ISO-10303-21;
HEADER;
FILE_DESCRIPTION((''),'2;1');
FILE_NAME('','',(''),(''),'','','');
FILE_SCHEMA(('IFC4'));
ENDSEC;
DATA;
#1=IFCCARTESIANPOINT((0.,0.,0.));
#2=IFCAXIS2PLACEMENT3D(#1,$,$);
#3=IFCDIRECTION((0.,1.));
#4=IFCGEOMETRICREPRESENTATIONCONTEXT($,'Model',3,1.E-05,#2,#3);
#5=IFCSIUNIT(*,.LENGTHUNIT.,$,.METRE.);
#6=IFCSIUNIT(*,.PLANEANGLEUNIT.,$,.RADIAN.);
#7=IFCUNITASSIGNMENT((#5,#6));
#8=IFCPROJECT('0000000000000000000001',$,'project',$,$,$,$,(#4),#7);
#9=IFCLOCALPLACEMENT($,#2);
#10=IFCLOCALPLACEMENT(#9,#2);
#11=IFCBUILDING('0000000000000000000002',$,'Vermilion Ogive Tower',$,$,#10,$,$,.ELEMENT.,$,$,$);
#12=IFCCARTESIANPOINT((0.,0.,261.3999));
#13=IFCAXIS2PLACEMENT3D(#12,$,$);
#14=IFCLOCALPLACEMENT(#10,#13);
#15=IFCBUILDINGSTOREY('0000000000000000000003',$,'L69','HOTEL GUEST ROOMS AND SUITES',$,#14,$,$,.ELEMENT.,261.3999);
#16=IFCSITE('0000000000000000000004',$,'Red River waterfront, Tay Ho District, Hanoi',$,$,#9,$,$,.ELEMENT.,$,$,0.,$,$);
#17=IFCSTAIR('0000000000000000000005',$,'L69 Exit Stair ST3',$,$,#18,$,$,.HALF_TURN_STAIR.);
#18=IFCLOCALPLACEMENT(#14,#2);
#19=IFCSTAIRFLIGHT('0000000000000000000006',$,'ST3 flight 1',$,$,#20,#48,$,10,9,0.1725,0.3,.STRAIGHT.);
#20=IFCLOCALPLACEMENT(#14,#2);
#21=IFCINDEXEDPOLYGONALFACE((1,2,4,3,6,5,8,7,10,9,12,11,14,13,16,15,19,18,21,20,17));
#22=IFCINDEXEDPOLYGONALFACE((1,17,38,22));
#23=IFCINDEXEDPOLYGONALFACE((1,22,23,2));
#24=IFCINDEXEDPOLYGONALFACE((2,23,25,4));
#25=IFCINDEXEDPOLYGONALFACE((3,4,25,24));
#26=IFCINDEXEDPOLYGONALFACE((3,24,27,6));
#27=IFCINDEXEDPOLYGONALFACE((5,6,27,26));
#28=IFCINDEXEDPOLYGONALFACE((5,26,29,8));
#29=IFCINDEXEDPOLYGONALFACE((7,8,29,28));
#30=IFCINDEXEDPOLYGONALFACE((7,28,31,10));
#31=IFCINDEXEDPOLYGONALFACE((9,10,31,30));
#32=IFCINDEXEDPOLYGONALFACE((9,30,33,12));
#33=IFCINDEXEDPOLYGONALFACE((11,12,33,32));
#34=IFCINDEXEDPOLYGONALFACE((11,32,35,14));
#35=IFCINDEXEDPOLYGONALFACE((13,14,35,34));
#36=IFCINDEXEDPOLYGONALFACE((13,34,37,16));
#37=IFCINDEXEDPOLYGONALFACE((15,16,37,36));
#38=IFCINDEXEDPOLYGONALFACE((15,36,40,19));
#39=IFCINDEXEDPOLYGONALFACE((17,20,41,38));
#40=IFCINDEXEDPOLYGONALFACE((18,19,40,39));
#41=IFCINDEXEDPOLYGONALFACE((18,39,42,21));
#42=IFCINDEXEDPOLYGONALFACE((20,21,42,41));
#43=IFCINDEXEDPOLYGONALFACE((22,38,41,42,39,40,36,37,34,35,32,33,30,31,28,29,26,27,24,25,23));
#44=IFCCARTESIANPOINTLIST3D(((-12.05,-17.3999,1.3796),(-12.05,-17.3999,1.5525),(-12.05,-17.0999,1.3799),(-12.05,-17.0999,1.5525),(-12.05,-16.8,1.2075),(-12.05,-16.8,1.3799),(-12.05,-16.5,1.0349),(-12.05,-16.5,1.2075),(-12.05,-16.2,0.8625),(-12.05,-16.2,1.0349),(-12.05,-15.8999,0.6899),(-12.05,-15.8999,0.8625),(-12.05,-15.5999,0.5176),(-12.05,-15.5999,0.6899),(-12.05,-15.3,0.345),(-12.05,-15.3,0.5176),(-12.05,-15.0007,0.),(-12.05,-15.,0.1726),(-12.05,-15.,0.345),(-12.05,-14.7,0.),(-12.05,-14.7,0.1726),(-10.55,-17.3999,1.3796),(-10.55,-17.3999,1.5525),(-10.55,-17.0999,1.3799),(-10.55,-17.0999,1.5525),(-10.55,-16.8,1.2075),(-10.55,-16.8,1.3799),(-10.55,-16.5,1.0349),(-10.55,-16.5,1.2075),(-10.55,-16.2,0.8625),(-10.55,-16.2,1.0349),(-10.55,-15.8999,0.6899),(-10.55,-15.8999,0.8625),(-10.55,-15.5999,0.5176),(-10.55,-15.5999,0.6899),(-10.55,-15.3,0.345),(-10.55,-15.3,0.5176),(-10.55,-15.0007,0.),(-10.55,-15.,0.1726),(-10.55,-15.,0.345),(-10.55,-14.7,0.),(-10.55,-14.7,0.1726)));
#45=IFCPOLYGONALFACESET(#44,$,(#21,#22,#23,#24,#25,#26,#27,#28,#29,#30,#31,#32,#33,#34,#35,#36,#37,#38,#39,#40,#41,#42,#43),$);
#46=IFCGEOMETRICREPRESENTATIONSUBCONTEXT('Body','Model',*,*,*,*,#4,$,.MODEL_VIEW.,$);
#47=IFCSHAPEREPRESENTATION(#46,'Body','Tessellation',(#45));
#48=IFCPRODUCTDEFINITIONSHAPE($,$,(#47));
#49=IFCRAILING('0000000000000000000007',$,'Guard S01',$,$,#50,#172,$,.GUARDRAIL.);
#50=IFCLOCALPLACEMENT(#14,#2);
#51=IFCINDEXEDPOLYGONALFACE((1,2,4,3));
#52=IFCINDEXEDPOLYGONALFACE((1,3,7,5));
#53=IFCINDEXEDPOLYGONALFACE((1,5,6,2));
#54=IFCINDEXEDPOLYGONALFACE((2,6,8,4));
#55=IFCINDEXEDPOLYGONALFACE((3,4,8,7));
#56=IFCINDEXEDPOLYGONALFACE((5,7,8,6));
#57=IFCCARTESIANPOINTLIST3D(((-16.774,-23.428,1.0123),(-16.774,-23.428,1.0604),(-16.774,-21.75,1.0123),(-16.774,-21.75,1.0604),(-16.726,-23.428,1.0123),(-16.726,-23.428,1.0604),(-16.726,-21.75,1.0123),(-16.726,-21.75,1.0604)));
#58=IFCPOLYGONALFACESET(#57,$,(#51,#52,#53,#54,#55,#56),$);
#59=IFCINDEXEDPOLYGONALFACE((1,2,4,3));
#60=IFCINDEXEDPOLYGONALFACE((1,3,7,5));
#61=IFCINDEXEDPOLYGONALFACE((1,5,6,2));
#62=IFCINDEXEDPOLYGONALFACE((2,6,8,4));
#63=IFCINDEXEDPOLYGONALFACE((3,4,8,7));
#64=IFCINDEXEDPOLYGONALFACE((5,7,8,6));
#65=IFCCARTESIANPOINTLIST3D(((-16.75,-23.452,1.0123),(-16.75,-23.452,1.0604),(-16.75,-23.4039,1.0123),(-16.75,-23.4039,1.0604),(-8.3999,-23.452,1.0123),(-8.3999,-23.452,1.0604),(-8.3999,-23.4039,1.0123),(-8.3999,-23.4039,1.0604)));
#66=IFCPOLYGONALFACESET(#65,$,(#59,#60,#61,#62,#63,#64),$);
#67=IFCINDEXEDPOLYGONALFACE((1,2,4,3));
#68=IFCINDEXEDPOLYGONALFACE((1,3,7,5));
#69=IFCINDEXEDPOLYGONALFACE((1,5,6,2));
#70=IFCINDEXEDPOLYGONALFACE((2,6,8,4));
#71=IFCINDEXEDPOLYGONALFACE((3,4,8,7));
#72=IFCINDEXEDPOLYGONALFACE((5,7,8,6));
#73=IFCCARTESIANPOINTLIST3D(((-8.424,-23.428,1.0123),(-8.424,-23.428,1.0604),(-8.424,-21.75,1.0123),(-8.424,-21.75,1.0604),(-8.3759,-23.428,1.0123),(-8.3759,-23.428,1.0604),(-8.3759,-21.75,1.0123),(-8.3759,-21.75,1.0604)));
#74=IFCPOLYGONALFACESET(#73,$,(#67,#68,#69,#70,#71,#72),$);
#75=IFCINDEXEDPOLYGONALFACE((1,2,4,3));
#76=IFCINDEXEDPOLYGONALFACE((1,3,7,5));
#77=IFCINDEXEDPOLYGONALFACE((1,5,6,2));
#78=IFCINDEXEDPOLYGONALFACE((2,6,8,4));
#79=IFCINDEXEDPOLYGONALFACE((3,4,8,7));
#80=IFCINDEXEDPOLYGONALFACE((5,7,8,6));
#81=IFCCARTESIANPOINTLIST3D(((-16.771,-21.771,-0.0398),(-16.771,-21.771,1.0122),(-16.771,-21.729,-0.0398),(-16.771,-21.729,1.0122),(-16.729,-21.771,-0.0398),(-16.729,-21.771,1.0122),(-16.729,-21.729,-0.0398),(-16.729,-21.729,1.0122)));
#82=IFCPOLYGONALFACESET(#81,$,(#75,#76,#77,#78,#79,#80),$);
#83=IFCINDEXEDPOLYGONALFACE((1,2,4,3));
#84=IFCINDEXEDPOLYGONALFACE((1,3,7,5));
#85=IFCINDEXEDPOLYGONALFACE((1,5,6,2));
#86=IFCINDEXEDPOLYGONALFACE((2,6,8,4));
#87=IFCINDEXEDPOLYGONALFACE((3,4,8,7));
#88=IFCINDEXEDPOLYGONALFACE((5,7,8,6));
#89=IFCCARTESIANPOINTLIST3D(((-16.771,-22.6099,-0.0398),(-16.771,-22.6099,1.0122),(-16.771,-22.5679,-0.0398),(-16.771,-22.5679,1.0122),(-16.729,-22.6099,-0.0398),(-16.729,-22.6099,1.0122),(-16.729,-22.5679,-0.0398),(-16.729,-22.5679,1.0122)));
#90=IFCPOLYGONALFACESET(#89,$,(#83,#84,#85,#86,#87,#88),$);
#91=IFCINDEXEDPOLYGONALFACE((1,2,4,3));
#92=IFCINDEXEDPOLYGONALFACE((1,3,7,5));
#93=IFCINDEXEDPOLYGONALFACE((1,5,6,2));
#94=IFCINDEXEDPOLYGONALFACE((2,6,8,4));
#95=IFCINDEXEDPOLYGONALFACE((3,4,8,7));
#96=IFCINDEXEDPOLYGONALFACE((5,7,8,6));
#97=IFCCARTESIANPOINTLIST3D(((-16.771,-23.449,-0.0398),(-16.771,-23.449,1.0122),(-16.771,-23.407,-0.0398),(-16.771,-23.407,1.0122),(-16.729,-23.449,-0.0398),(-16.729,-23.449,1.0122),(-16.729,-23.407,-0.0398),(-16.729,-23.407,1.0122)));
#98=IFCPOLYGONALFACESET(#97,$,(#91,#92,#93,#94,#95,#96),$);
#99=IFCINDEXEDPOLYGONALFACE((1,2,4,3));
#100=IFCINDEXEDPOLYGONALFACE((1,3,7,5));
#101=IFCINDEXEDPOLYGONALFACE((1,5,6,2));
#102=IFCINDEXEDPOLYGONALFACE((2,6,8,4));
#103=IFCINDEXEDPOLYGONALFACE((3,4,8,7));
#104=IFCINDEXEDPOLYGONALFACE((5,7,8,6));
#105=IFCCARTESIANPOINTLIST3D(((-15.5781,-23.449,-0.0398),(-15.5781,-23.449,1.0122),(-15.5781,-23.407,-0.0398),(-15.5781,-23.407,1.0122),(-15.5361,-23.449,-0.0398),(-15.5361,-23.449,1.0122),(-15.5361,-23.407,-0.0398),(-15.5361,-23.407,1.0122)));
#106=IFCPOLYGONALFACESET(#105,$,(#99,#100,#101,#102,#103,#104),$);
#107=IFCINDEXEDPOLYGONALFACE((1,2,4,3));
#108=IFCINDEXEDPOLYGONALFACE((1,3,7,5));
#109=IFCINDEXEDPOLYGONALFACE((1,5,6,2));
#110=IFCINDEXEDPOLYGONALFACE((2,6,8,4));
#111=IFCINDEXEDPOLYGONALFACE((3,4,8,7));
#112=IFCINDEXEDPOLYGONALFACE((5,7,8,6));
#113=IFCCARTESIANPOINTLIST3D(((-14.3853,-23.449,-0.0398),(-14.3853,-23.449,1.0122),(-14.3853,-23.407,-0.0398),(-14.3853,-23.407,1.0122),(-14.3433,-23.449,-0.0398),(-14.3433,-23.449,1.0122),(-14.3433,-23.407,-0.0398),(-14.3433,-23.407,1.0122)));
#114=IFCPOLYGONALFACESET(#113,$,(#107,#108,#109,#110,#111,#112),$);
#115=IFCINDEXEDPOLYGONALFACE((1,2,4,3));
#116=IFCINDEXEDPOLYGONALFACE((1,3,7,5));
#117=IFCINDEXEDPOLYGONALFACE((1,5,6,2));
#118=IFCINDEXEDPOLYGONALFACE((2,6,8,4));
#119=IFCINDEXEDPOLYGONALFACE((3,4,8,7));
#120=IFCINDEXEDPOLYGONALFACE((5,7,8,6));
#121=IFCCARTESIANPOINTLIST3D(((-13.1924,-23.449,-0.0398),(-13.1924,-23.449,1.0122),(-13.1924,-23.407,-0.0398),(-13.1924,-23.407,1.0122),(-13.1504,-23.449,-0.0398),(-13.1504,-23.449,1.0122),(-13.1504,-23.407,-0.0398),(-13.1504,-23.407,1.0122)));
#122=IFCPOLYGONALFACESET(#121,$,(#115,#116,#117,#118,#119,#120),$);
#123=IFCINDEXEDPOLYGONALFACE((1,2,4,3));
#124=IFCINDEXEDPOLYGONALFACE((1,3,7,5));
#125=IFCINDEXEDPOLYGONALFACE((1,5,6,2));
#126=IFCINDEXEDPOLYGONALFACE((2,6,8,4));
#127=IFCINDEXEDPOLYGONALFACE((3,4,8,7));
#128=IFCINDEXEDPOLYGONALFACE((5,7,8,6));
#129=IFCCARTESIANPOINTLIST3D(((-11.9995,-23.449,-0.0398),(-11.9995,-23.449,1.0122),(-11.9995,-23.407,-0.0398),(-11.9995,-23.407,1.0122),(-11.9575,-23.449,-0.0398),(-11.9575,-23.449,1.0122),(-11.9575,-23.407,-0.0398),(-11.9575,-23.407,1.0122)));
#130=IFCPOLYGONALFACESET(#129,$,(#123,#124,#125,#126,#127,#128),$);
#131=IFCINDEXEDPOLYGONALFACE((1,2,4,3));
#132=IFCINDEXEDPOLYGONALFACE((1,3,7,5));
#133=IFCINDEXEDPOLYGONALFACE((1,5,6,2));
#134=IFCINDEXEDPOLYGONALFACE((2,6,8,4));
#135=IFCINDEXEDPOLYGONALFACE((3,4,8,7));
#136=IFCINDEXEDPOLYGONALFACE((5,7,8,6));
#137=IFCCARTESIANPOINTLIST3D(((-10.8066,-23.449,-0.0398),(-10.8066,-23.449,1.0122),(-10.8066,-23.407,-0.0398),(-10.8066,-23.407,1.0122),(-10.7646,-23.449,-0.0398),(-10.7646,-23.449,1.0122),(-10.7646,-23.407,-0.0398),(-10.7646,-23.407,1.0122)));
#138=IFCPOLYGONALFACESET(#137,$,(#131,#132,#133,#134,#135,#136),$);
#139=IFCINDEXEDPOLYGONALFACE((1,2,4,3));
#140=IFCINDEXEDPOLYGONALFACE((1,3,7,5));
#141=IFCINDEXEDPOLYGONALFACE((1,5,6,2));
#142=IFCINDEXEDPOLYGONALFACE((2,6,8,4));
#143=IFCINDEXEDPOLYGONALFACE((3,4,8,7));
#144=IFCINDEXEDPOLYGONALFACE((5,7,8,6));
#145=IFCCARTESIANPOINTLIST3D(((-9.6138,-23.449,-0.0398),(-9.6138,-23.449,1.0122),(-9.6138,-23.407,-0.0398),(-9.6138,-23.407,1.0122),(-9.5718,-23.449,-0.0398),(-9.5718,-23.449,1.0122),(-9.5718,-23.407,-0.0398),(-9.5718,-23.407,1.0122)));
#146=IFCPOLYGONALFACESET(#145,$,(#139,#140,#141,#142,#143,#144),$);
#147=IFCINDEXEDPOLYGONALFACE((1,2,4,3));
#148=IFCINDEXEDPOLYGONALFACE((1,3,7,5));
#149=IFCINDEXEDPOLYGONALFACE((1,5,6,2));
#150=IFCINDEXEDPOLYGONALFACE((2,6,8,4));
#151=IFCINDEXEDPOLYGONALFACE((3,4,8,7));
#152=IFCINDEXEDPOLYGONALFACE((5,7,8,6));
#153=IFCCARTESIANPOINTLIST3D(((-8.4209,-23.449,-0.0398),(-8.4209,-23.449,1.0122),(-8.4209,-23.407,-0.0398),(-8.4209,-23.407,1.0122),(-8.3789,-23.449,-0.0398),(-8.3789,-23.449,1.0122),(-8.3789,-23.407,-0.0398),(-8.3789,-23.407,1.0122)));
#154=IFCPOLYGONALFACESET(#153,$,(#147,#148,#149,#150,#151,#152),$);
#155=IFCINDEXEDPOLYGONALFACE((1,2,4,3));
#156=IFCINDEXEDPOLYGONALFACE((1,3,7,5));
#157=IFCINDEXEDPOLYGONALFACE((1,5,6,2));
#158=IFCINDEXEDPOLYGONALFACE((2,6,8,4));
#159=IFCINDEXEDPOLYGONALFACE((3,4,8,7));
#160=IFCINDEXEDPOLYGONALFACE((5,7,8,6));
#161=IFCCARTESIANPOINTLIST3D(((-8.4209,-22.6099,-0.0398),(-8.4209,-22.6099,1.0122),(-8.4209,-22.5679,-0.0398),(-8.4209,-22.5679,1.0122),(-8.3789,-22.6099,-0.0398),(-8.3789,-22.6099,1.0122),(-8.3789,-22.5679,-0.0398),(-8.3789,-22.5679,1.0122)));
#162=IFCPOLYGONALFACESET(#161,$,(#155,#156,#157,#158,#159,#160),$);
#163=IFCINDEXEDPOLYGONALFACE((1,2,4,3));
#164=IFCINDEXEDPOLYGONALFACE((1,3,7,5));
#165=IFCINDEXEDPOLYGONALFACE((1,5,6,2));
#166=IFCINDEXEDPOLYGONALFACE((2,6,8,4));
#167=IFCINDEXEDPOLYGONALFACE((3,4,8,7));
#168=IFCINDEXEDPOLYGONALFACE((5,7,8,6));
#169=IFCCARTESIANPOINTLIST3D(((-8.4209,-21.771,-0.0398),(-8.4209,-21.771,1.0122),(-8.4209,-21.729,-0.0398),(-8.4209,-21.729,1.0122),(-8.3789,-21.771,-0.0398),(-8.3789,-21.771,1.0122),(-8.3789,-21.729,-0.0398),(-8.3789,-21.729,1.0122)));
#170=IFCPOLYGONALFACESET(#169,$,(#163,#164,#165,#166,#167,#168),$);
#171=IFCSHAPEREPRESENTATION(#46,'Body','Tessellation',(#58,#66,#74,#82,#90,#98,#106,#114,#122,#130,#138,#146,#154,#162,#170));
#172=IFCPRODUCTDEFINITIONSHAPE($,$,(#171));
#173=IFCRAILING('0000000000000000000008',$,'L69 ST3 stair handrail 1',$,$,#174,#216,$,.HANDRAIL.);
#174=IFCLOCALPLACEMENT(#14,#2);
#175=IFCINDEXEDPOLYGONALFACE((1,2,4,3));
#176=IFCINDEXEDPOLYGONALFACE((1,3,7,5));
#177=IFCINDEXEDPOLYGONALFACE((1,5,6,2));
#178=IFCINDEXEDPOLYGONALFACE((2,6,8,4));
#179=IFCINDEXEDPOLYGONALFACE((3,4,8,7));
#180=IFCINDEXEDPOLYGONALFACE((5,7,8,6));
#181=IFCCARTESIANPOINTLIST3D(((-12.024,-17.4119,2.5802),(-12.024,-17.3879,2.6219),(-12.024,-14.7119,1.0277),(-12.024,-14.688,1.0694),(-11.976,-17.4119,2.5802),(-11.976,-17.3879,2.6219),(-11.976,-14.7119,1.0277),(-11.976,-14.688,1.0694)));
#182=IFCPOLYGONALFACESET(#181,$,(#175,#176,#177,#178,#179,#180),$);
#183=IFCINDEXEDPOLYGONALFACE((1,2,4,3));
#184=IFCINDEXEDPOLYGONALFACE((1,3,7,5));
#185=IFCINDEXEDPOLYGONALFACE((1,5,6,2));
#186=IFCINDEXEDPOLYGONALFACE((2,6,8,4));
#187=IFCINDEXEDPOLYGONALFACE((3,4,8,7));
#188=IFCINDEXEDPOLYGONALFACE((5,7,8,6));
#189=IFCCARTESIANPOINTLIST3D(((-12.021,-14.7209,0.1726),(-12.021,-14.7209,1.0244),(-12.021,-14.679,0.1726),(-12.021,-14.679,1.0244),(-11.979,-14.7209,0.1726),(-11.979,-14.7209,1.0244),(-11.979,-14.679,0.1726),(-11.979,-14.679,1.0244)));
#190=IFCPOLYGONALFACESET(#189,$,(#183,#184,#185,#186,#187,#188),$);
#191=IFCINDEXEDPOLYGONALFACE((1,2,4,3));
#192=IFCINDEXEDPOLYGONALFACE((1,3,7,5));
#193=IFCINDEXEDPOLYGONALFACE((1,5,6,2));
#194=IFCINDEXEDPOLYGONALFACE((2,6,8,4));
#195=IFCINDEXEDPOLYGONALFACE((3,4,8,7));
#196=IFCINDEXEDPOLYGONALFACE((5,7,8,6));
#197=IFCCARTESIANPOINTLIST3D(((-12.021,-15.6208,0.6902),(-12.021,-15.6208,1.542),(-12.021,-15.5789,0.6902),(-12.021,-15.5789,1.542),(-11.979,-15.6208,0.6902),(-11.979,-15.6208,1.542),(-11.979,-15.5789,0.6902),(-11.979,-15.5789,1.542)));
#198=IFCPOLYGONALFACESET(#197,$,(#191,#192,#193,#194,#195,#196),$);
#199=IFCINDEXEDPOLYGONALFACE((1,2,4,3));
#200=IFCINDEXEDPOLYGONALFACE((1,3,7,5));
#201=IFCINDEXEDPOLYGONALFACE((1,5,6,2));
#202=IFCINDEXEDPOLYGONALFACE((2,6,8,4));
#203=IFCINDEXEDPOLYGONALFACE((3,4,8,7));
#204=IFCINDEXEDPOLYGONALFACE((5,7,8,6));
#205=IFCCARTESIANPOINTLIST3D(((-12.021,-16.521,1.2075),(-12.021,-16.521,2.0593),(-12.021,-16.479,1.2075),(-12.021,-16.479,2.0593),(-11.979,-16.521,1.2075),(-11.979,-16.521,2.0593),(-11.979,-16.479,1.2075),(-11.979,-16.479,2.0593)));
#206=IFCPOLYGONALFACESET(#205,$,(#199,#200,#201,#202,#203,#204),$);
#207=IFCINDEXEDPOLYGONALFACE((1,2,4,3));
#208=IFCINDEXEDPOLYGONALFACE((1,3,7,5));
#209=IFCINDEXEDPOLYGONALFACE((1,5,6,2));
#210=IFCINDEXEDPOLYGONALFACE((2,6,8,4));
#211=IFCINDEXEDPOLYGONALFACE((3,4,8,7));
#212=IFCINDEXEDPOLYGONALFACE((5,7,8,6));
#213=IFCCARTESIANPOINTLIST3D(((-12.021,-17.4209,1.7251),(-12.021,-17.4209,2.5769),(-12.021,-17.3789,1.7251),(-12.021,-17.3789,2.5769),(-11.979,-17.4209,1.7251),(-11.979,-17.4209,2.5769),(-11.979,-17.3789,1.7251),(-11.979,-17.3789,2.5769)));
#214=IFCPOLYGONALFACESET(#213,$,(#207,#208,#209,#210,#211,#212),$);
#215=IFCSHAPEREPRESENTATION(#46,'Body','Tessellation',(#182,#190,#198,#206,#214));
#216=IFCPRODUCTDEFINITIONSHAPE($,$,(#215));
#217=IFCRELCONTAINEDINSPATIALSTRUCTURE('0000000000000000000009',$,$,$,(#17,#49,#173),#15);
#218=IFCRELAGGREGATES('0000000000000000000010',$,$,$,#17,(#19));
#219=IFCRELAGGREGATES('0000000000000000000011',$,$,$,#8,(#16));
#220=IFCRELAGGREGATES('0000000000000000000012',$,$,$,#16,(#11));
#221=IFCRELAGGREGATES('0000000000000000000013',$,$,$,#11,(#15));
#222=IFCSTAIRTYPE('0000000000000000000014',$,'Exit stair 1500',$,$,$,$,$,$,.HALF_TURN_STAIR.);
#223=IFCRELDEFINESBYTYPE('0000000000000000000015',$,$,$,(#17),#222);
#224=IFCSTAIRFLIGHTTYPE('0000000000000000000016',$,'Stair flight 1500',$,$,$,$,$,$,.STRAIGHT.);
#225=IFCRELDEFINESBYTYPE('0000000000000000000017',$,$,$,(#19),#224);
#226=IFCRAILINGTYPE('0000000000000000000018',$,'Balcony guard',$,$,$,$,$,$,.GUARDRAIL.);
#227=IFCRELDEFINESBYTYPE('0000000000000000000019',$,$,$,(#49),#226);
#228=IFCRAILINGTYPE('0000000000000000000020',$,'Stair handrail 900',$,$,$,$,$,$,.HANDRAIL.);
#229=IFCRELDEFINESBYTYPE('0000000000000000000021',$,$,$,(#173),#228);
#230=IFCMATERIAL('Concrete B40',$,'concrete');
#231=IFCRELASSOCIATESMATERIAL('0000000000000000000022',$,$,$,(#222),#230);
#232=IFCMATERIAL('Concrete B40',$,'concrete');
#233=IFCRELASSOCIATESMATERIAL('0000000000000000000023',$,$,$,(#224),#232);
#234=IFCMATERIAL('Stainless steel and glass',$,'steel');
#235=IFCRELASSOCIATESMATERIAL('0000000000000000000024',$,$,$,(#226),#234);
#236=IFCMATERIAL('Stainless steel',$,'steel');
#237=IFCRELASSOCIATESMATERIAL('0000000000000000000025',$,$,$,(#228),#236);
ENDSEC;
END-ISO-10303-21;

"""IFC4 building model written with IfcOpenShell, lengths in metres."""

from ifc_helpers import new_model, si_unit, direction, frame, origin, origin_2d, place, context, subcontext, project, spatial, polyline, rectangle, outline, extrude, material, type_object, element, aggregate, save


model = new_model("IFC4")

# Units and contexts
model_context = context("Model", 3, precision=1e-05, world=origin(), true_north=direction((0.0, 1.0)))
body_context = subcontext(model_context, "Body", "Model", "MODEL_VIEW")
ifc_project = project(units=[si_unit("LENGTHUNIT", "METRE"), si_unit("PLANEANGLEUNIT", "RADIAN")], contexts=[model_context])

# Site, building, storey
site_placement = place(None, origin())
site = spatial("IfcSite", under=ifc_project, at=site_placement, Name="Red River waterfront, Tay Ho District, Hanoi", CompositionType="ELEMENT", RefElevation=0.0)
building_placement = place(site_placement, origin())
building = spatial("IfcBuilding", under=site, at=building_placement, Name="Vermilion Ogive Tower", CompositionType="ELEMENT")
storey_placement = place(building_placement, frame((0.0, 0.0, 261.3999)))
storey = spatial("IfcBuildingStorey", under=building, at=storey_placement, Name="L69", Description="HOTEL GUEST ROOMS AND SUITES", CompositionType="ELEMENT", Elevation=261.3999)

# Stair, stair flight
ifc_material_1 = material(Name="Concrete B40", Category="concrete")
stair_type = type_object("IfcStairType", Name="Exit stair 1500", PredefinedType="HALF_TURN_STAIR", material=ifc_material_1)
stair_placement = place(storey_placement, origin())
stair = element("IfcStair", 1, at=stair_placement, inside=storey, type_object=stair_type, Name="L69 Exit Stair ST3", PredefinedType="HALF_TURN_STAIR")
ifc_material_2 = material(Name="Concrete B40", Category="concrete")
stair_flight_type = type_object("IfcStairFlightType", Name="Stair flight 1500", PredefinedType="STRAIGHT", material=ifc_material_2)
stair_flight_placement = place(storey_placement, frame((-11.3, -14.7, 0.0), z_axis=(0.0, 0.0, 1.0), x_axis=(0.0, -1.0, 0.0)))
stair_flight = element("IfcStairFlight", 2, at=stair_flight_placement, type_object=stair_flight_type, Name="ST3 flight 1", NumberOfRisers=10, NumberOfTreads=9, PredefinedType="STRAIGHT", RiserHeight=0.1725, TreadLength=0.3, context=body_context, shape_type="SweptSolid", body=[
    extrude(outline(polyline([(0.0, 0.0), (0.0, 0.1726), (0.3, 0.1726), (0.3, 0.345), (0.6001, 0.345), (0.6001, 0.5176), (0.8999, 0.5176), (0.8999, 0.6899), (1.2, 0.6899), (1.2, 0.8625), (1.5, 0.8625), (1.5, 1.0349), (1.8, 1.0349), (1.8, 1.2075), (2.1001, 1.2075), (2.1001, 1.3799), (2.3999, 1.3799), (2.3999, 1.5525), (2.7, 1.5525), (2.7, 1.7251), (2.7, 1.3796), (0.3008, 0.0), (0.0, 0.0)])), frame((0.0, 0.75, 0.0), z_axis=(0.0, -1.0, 0.0), x_axis=(1.0, 0.0, 0.0)), (0.0, 0.0, 1.0), 1.5),
])
aggregate(stair, [stair_flight])

# Railings
ifc_material_3 = material(Name="Stainless steel and glass", Category="steel")
railing_type_1 = type_object("IfcRailingType", Name="Balcony guard", PredefinedType="GUARDRAIL", material=ifc_material_3)
railing_1_placement = place(storey_placement, frame((-16.75, -21.75, -0.0398)))
element("IfcRailing", 3, at=railing_1_placement, inside=storey, type_object=railing_type_1, Name="Guard S01", PredefinedType="GUARDRAIL", context=body_context, shape_type="SweptSolid", body=[
    extrude(rectangle(XDim=0.0481, YDim=0.0481, at=origin_2d()), frame((0.0, 0.0, 1.0762), z_axis=(0.0, -1.0, 0.0), x_axis=(1.0, 0.0, 0.0)), (0.0, 0.0, 1.0), 1.678),
    extrude(rectangle(XDim=0.0481, YDim=0.0481, at=origin_2d()), frame((0.0, -1.678, 1.0762), z_axis=(1.0, 0.0, 0.0), x_axis=(0.0, 1.0, 0.0)), (0.0, 0.0, 1.0), 8.3501),
    extrude(rectangle(XDim=0.0481, YDim=0.0481, at=origin_2d()), frame((8.3501, -1.678, 1.0762), z_axis=(0.0, 1.0, 0.0), x_axis=(-1.0, 0.0, 0.0)), (0.0, 0.0, 1.0), 1.678),
    extrude(rectangle(XDim=0.042, YDim=0.042, at=origin_2d()), origin(), (0.0, 0.0, 1.0), 1.052),
    extrude(rectangle(XDim=0.042, YDim=0.042, at=origin_2d()), frame((0.0, -0.8389, 0.0)), (0.0, 0.0, 1.0), 1.052),
    extrude(rectangle(XDim=0.042, YDim=0.042, at=origin_2d()), frame((0.0, -1.678, 0.0)), (0.0, 0.0, 1.0), 1.052),
    extrude(rectangle(XDim=0.042, YDim=0.042, at=origin_2d()), frame((1.1929, -1.678, 0.0)), (0.0, 0.0, 1.0), 1.052),
    extrude(rectangle(XDim=0.042, YDim=0.042, at=origin_2d()), frame((2.3857, -1.678, 0.0)), (0.0, 0.0, 1.0), 1.052),
    extrude(rectangle(XDim=0.042, YDim=0.042, at=origin_2d()), frame((3.5786, -1.678, 0.0)), (0.0, 0.0, 1.0), 1.052),
    extrude(rectangle(XDim=0.042, YDim=0.042, at=origin_2d()), frame((4.7715, -1.678, 0.0)), (0.0, 0.0, 1.0), 1.052),
    extrude(rectangle(XDim=0.042, YDim=0.042, at=origin_2d()), frame((5.9644, -1.678, 0.0)), (0.0, 0.0, 1.0), 1.052),
    extrude(rectangle(XDim=0.042, YDim=0.042, at=origin_2d()), frame((7.1572, -1.678, 0.0)), (0.0, 0.0, 1.0), 1.052),
    extrude(rectangle(XDim=0.042, YDim=0.042, at=origin_2d()), frame((8.3501, -1.678, 0.0)), (0.0, 0.0, 1.0), 1.052),
    extrude(rectangle(XDim=0.042, YDim=0.042, at=origin_2d()), frame((8.3501, -0.8389, 0.0)), (0.0, 0.0, 1.0), 1.052),
    extrude(rectangle(XDim=0.042, YDim=0.042, at=origin_2d()), frame((8.3501, 0.0, 0.0)), (0.0, 0.0, 1.0), 1.052),
])
ifc_material_4 = material(Name="Stainless steel", Category="steel")
railing_type_2 = type_object("IfcRailingType", Name="Stair handrail 900", PredefinedType="HANDRAIL", material=ifc_material_4)
railing_2_placement = place(storey_placement, frame((-12.0, -14.7, 0.1726)))
element("IfcRailing", 4, at=railing_2_placement, inside=storey, type_object=railing_type_2, Name="L69 ST3 stair handrail 1", PredefinedType="HANDRAIL", context=body_context, shape_type="SweptSolid", body=[
    extrude(rectangle(XDim=0.0481, YDim=0.0481, at=origin_2d()), frame((0.0, 0.0, 0.876), z_axis=(0.0, -0.866904, 0.498476), x_axis=(1.0, 0.0, 0.0)), (0.0, 0.0, 1.0), 3.1145),
    extrude(rectangle(XDim=0.042, YDim=0.042, at=origin_2d()), origin(), (0.0, 0.0, 1.0), 0.8518),
    extrude(rectangle(XDim=0.042, YDim=0.042, at=origin_2d()), frame((0.0, -0.8999, 0.5176)), (0.0, 0.0, 1.0), 0.8518),
    extrude(rectangle(XDim=0.042, YDim=0.042, at=origin_2d()), frame((0.0, -1.8, 1.0349)), (0.0, 0.0, 1.0), 0.8518),
    extrude(rectangle(XDim=0.042, YDim=0.042, at=origin_2d()), frame((0.0, -2.7, 1.5525)), (0.0, 0.0, 1.0), 0.8518),
])

save(model, "model.ifc")
